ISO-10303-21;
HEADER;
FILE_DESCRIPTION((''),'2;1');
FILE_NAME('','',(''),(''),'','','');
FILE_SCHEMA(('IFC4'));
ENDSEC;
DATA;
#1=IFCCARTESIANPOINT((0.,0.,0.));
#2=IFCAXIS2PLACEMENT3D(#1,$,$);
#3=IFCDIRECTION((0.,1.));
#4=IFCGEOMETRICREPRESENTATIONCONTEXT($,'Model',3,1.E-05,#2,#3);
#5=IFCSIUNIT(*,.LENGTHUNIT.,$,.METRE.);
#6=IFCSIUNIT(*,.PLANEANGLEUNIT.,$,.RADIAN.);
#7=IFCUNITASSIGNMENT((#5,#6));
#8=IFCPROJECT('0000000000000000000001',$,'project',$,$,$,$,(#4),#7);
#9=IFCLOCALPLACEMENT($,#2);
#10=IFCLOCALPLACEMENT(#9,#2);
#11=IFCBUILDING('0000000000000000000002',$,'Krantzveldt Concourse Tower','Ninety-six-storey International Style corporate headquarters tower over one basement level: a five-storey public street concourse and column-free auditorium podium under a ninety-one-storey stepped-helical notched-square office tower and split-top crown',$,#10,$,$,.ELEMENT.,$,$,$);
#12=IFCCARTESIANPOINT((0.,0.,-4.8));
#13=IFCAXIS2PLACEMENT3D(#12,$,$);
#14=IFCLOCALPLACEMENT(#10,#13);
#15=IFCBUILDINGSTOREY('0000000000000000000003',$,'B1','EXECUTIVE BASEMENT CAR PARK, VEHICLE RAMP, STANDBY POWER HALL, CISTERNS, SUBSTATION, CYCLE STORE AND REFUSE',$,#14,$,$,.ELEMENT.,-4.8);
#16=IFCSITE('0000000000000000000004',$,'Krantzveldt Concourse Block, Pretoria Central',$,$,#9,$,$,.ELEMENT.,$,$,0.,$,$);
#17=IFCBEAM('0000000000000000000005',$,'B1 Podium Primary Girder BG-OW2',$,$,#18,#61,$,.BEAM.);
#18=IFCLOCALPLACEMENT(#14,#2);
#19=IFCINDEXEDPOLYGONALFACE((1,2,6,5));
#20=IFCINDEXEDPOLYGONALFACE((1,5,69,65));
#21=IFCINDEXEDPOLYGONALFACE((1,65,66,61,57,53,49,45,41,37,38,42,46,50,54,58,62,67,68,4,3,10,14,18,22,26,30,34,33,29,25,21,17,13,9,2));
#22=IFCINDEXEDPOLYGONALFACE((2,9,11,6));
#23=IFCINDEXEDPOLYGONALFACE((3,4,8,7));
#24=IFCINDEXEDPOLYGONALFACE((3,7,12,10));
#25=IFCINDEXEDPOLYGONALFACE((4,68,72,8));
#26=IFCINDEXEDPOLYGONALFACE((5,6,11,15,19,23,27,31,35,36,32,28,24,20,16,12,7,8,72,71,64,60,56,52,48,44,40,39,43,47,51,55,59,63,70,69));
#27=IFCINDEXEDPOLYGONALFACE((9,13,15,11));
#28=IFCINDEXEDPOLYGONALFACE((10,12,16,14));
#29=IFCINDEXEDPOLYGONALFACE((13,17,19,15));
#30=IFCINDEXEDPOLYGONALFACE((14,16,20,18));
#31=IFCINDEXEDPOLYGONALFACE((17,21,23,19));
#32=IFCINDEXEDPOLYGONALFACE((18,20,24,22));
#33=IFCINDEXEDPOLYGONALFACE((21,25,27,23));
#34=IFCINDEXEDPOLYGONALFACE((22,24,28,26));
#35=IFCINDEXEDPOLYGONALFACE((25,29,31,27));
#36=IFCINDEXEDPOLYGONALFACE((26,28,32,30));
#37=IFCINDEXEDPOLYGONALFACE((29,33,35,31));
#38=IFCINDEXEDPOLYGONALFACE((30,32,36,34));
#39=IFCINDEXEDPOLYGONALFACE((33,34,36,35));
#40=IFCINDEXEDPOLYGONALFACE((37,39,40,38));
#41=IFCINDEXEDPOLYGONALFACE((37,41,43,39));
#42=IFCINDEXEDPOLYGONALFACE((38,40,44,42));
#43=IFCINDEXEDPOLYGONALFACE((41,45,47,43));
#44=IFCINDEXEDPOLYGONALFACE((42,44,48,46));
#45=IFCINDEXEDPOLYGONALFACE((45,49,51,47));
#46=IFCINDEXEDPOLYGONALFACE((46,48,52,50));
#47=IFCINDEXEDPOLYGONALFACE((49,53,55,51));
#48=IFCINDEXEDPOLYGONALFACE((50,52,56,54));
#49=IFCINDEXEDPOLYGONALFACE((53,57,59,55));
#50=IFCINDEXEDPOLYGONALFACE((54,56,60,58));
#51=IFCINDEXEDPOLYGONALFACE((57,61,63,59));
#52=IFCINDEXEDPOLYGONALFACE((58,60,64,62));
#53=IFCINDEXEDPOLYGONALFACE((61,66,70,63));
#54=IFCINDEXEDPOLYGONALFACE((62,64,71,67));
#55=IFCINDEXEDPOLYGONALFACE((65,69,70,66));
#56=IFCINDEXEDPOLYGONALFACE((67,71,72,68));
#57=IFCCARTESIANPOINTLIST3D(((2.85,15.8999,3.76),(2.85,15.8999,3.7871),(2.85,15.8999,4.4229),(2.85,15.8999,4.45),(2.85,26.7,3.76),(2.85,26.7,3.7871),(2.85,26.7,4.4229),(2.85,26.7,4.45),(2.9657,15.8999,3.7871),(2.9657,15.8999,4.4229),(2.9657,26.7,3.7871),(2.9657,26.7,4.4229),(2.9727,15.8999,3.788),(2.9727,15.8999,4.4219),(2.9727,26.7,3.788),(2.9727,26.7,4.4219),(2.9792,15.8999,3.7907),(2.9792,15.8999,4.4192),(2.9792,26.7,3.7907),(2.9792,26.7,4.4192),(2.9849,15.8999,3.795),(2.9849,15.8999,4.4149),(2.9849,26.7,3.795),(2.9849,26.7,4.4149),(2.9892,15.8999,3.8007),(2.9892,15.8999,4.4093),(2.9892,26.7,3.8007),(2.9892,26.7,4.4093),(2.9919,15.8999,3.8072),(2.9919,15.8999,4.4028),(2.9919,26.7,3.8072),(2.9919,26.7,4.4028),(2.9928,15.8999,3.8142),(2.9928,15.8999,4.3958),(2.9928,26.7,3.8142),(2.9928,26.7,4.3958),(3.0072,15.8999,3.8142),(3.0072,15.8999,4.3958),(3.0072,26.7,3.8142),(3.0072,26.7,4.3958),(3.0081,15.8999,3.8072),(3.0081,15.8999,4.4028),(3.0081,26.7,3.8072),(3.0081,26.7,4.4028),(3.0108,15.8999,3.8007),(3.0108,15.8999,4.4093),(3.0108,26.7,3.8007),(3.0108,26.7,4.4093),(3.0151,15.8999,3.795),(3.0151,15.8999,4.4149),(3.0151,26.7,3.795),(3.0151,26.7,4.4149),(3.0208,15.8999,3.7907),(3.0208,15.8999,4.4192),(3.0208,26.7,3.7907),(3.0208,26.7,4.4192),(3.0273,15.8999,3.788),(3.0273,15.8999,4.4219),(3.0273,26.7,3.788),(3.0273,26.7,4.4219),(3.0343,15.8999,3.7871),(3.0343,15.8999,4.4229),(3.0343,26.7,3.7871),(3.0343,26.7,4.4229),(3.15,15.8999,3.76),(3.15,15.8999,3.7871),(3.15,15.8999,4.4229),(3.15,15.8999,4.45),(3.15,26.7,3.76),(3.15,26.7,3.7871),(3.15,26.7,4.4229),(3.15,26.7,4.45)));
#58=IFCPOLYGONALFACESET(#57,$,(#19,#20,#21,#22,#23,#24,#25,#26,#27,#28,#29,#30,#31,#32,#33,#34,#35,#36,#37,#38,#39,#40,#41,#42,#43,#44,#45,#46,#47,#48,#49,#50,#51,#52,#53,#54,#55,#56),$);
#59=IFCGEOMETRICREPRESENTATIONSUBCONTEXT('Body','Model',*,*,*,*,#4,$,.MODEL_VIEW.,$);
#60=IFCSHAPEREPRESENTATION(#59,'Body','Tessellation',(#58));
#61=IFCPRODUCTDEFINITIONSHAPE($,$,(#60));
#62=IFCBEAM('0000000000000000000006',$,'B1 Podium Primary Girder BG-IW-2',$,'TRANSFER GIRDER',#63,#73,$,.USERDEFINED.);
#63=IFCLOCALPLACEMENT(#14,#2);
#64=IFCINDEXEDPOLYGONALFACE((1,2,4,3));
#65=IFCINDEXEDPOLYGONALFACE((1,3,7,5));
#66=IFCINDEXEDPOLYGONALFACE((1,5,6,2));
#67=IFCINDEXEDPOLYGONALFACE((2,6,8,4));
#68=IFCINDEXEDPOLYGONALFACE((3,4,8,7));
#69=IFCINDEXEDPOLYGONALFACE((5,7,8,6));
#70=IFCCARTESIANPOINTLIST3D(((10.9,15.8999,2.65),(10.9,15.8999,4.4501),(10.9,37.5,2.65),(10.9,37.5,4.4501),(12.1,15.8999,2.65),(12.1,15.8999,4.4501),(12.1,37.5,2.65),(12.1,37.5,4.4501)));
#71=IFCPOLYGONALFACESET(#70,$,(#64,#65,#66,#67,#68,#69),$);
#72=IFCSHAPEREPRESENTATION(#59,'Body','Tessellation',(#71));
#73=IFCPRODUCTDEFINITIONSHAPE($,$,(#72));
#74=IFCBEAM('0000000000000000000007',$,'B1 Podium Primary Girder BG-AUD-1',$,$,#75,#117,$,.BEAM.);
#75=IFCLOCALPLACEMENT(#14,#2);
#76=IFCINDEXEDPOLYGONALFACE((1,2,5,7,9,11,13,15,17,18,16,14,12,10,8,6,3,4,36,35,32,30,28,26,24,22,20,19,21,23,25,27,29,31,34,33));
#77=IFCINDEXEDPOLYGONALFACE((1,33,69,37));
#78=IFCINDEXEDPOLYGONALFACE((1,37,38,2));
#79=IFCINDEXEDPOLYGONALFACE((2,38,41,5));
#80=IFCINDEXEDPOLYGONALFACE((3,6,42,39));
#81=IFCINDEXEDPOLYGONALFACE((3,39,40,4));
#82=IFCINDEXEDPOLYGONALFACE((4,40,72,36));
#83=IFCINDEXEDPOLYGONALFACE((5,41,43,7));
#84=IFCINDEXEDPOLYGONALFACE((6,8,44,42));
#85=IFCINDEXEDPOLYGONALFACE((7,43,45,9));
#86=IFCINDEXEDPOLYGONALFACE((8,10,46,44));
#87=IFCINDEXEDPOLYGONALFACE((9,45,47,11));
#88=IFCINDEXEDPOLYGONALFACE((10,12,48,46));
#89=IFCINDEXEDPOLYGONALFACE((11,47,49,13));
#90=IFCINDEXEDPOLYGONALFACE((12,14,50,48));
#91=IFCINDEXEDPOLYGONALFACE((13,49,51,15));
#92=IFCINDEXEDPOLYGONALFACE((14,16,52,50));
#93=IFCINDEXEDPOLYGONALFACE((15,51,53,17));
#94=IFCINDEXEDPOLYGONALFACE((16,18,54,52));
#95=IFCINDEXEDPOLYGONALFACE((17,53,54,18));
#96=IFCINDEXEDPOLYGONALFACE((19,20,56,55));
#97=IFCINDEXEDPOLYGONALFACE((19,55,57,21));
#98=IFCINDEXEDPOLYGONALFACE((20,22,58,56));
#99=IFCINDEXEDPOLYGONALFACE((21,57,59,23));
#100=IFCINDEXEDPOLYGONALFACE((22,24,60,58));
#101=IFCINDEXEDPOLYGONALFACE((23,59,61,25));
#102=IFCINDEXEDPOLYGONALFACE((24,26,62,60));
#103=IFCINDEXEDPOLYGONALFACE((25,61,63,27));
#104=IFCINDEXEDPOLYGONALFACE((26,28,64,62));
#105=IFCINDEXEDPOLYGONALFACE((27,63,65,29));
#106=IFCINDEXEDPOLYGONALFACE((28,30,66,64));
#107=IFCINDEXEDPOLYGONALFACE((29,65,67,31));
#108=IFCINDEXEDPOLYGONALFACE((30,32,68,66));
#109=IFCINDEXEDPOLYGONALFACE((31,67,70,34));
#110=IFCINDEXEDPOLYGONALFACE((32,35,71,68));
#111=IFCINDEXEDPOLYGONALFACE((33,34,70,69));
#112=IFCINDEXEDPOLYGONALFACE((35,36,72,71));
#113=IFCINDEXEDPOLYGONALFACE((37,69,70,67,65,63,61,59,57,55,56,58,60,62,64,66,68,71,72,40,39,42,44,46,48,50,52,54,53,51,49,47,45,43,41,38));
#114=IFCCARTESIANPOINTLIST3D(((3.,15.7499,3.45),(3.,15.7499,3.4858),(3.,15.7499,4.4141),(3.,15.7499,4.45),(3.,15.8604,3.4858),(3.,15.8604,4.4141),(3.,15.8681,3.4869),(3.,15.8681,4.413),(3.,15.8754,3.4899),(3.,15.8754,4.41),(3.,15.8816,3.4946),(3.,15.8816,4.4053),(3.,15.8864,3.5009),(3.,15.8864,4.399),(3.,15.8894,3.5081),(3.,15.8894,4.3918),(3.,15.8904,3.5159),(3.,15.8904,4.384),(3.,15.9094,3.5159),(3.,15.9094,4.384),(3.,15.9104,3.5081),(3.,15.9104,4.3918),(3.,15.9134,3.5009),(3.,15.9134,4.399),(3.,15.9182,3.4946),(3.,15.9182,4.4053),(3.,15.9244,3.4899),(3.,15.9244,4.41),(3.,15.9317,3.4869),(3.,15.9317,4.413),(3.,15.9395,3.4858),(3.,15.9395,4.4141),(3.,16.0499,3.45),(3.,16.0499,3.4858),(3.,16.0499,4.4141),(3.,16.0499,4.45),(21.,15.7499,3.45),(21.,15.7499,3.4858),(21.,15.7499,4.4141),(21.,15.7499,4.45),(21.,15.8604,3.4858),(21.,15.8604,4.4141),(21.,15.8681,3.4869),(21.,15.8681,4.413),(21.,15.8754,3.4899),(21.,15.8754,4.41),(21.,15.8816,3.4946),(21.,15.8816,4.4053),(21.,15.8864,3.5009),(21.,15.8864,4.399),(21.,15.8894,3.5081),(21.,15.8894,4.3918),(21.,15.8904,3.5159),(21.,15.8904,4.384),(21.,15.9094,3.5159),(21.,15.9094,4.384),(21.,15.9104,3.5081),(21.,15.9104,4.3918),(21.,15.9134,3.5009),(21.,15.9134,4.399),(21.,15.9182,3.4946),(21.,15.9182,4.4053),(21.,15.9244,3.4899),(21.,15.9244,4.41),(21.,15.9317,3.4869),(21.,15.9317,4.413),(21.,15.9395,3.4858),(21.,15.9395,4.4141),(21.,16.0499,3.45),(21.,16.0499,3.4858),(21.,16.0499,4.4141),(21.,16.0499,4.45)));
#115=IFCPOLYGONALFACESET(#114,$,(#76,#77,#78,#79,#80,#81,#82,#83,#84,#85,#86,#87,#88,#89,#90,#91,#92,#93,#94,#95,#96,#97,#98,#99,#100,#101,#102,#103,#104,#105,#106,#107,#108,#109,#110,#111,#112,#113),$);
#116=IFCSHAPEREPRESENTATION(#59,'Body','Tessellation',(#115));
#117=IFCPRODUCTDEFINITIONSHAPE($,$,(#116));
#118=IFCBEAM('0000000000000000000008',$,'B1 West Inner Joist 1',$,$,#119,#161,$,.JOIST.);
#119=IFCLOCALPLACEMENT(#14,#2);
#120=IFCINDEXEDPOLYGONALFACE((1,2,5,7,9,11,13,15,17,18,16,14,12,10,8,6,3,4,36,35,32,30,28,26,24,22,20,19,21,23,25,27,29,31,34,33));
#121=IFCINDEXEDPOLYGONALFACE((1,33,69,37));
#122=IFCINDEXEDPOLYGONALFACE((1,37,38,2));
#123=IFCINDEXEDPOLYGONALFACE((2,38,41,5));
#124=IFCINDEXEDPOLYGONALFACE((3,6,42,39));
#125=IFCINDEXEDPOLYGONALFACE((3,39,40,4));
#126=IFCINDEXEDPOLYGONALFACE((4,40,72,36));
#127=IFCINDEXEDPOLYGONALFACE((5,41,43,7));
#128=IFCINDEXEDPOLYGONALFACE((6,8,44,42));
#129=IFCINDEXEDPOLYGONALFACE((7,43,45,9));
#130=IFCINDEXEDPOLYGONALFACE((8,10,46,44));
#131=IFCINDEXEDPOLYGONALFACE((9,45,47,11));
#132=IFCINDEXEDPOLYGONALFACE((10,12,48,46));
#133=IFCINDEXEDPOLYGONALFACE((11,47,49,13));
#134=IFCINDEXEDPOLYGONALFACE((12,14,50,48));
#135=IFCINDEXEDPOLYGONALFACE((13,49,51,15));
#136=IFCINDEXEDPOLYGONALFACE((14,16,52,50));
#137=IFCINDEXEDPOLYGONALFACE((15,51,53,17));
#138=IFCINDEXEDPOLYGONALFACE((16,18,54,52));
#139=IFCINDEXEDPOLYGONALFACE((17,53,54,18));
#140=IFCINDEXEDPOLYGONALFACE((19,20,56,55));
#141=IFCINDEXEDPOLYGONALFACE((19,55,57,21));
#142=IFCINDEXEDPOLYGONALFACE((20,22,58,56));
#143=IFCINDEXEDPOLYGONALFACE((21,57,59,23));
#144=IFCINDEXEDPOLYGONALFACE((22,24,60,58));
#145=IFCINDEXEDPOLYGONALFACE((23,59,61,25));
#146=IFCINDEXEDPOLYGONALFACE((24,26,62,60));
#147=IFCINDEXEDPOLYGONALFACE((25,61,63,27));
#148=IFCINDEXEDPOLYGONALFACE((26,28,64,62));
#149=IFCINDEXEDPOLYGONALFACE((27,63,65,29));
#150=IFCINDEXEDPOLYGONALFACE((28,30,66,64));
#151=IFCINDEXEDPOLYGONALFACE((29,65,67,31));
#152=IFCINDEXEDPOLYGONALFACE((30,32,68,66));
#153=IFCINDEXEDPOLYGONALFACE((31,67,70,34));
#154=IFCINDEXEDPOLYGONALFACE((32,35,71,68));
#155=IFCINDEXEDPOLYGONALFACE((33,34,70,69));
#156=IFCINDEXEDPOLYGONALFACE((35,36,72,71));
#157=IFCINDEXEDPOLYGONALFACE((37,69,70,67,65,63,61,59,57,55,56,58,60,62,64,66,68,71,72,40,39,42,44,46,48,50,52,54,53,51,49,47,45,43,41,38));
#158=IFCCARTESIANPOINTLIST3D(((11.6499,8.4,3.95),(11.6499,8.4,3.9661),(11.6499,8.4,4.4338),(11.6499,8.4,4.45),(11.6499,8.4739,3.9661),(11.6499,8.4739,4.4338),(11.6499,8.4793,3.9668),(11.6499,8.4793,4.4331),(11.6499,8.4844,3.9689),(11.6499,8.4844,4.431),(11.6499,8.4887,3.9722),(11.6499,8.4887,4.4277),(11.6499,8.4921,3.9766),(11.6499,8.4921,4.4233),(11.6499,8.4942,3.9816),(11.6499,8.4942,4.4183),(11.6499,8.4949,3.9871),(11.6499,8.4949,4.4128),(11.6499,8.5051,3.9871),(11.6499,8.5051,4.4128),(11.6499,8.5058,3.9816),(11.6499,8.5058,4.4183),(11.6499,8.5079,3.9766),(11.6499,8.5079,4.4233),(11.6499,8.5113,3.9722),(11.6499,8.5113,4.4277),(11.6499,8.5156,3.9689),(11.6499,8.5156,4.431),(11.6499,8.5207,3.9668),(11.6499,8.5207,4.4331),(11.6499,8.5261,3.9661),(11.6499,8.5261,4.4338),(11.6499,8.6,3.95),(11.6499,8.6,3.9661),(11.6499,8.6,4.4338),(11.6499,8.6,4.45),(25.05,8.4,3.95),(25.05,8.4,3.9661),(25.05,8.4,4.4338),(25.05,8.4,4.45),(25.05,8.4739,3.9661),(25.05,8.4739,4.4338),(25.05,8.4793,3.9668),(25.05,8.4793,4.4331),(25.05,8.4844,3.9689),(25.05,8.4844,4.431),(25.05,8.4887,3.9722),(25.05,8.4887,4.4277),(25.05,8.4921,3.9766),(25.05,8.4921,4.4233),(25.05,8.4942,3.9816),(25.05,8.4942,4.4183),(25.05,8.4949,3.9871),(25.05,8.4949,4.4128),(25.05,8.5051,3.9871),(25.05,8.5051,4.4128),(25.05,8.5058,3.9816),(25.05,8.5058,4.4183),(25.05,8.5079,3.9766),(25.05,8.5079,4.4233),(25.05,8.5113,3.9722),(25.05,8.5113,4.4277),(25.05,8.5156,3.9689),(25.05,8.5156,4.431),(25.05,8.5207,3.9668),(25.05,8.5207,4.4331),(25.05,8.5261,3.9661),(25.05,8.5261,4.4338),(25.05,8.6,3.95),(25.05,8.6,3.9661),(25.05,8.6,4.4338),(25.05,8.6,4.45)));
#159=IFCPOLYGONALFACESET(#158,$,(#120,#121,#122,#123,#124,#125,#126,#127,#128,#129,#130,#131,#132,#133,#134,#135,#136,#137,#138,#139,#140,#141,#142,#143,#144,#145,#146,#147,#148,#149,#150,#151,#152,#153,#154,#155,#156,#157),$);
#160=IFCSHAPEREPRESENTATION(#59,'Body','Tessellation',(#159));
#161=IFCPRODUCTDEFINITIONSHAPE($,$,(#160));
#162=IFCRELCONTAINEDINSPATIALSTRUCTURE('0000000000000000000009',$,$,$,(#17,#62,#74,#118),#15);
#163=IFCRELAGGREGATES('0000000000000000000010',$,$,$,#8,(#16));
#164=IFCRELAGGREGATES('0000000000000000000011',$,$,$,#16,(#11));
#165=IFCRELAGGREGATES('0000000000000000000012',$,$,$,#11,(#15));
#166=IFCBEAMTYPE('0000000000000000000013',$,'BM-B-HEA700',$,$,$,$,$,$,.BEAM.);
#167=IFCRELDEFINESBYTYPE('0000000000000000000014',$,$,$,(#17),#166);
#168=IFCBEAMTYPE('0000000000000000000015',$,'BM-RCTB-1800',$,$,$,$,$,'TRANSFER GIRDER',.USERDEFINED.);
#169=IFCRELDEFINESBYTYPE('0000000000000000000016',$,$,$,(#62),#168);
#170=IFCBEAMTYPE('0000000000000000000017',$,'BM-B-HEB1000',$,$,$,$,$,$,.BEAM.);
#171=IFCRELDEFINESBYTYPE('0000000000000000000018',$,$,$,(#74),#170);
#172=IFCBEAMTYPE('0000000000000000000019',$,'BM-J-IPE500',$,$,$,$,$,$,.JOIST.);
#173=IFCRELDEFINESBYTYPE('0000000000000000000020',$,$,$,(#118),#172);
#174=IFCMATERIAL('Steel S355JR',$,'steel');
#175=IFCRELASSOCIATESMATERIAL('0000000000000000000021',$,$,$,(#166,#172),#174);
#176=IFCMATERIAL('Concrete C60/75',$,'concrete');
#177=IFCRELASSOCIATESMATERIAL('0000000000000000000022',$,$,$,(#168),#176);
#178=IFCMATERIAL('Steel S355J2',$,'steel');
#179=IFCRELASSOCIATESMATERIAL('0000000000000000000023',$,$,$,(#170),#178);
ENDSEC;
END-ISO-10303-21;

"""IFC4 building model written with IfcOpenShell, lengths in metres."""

from ifc_helpers import new_model, si_unit, direction, frame, origin, origin_2d, place, context, subcontext, project, spatial, rectangle, i_section, extrude, source, transform, mapped, material, material_profile, profile_set, type_object, type_shapes, element, save


model = new_model("IFC4")

# Units and contexts
model_context = context("Model", 3, precision=1e-05, world=origin(), true_north=direction((0.0, 1.0)))
body_context = subcontext(model_context, "Body", "Model", "MODEL_VIEW")
ifc_project = project(units=[si_unit("LENGTHUNIT", "METRE"), si_unit("PLANEANGLEUNIT", "RADIAN")], contexts=[model_context])

# Site, building, storey
site_placement = place(None, origin())
site = spatial("IfcSite", under=ifc_project, at=site_placement, Name="Krantzveldt Concourse Block, Pretoria Central", CompositionType="ELEMENT", RefElevation=0.0)
building_placement = place(site_placement, origin())
building = spatial("IfcBuilding", under=site, at=building_placement, Name="Krantzveldt Concourse Tower", Description="Ninety-six-storey International Style corporate headquarters tower over one basement level: a five-storey public street concourse and column-free auditorium podium under a ninety-one-storey stepped-helical notched-square office tower and split-top crown", CompositionType="ELEMENT")
storey_placement = place(building_placement, frame((0.0, 0.0, -4.8)))
storey = spatial("IfcBuildingStorey", under=building, at=storey_placement, Name="B1", Description="EXECUTIVE BASEMENT CAR PARK, VEHICLE RAMP, STANDBY POWER HALL, CISTERNS, SUBSTATION, CYCLE STORE AND REFUSE", CompositionType="ELEMENT", Elevation=-4.8)

# Shared definitions
ifc_material_1 = material(Name="Concrete C60/75", Category="concrete")

# Beams
ifc_material_2 = material(Name="Steel S355JR", Category="steel")
ifc_material_profile_1 = material_profile(ifc_material_2, i_section(OverallWidth=0.3, OverallDepth=0.6899, WebThickness=0.0144, FlangeThickness=0.0271, FilletRadius=0.0271, at=origin_2d()), Name="Steel S355JR", Category="steel")
ifc_profile_set_1 = profile_set([ifc_material_profile_1], Name="Steel S355JR - HEA 700")
beam_type_1 = type_object("IfcBeamType", Name="BM-B-HEA700", PredefinedType="BEAM", material=ifc_profile_set_1)
shared_shape_1 = source(origin(), body_context, "Body", "SweptSolid", [
    extrude(i_section(OverallWidth=0.3, OverallDepth=0.6899, WebThickness=0.0144, FlangeThickness=0.0271, FilletRadius=0.0271, at=origin_2d()), origin(), (0.0, 0.0, 1.0), 10.8),
])
type_shapes(beam_type_1, [shared_shape_1])
beam_1_placement = place(storey_placement, frame((3.0, 15.8999, 4.105), z_axis=(0.0, 1.0, 0.0), x_axis=(-1.0, 0.0, 0.0)))
element("IfcBeam", 1, at=beam_1_placement, inside=storey, type_object=beam_type_1, Name="B1 Podium Primary Girder BG-OW2", PredefinedType="BEAM", context=body_context, shape_type="MappedRepresentation", body=[
    mapped(shared_shape_1, transform((0.0, 0.0, 0.0), x_axis=(1.0, 0.0, 0.0), y_axis=(0.0, 1.0, 0.0), z_axis=(0.0, 0.0, 1.0), scale=1.0)),
])
ifc_material_profile_2 = material_profile(ifc_material_1, rectangle(XDim=1.2, YDim=1.8, at=origin_2d()), Name="Concrete C60/75", Category="concrete")
ifc_profile_set_2 = profile_set([ifc_material_profile_2], Name="Concrete C60/75 - RC-TB 1200x1800")
beam_type_2 = type_object("IfcBeamType", Name="BM-RCTB-1800", ElementType="TRANSFER GIRDER", PredefinedType="USERDEFINED", material=ifc_profile_set_2)
shared_shape_2 = source(origin(), body_context, "Body", "SweptSolid", [
    extrude(rectangle(XDim=1.2, YDim=1.8, at=origin_2d()), origin(), (0.0, 0.0, 1.0), 21.6001),
])
type_shapes(beam_type_2, [shared_shape_2])
beam_2_placement = place(storey_placement, frame((11.5, 15.8999, 3.55), z_axis=(0.0, 1.0, 0.0), x_axis=(-1.0, 0.0, 0.0)))
element("IfcBeam", 2, at=beam_2_placement, inside=storey, type_object=beam_type_2, Name="B1 Podium Primary Girder BG-IW-2", ObjectType="TRANSFER GIRDER", PredefinedType="USERDEFINED", context=body_context, shape_type="MappedRepresentation", body=[
    mapped(shared_shape_2, transform((0.0, 0.0, 0.0), x_axis=(1.0, 0.0, 0.0), y_axis=(0.0, 1.0, 0.0), z_axis=(0.0, 0.0, 1.0), scale=1.0)),
])
ifc_material_3 = material(Name="Steel S355J2", Category="steel")
ifc_material_profile_3 = material_profile(ifc_material_3, i_section(OverallWidth=0.3, OverallDepth=1.0, WebThickness=0.019, FlangeThickness=0.0359, FilletRadius=0.03, at=origin_2d()), Name="Steel S355J2", Category="steel")
ifc_profile_set_3 = profile_set([ifc_material_profile_3], Name="Steel S355J2 - HEB 1000")
beam_type_3 = type_object("IfcBeamType", Name="BM-B-HEB1000", PredefinedType="BEAM", material=ifc_profile_set_3)
shared_shape_3 = source(origin(), body_context, "Body", "SweptSolid", [
    extrude(i_section(OverallWidth=0.3, OverallDepth=1.0, WebThickness=0.019, FlangeThickness=0.0359, FilletRadius=0.03, at=origin_2d()), origin(), (0.0, 0.0, 1.0), 18.0),
])
type_shapes(beam_type_3, [shared_shape_3])
beam_3_placement = place(storey_placement, frame((3.0, 15.8999, 3.95), z_axis=(1.0, 0.0, 0.0), x_axis=(0.0, 1.0, 0.0)))
element("IfcBeam", 3, at=beam_3_placement, inside=storey, type_object=beam_type_3, Name="B1 Podium Primary Girder BG-AUD-1", PredefinedType="BEAM", context=body_context, shape_type="MappedRepresentation", body=[
    mapped(shared_shape_3, transform((0.0, 0.0, 0.0), x_axis=(1.0, 0.0, 0.0), y_axis=(0.0, 1.0, 0.0), z_axis=(0.0, 0.0, 1.0), scale=1.0)),
])
ifc_material_profile_4 = material_profile(ifc_material_2, i_section(OverallWidth=0.2, OverallDepth=0.5, WebThickness=0.0103, FlangeThickness=0.0161, FilletRadius=0.021, at=origin_2d()), Name="Steel S355JR", Category="steel")
ifc_profile_set_4 = profile_set([ifc_material_profile_4], Name="Steel S355JR - IPE 500")
beam_type_4 = type_object("IfcBeamType", Name="BM-J-IPE500", PredefinedType="JOIST", material=ifc_profile_set_4)
shared_shape_4 = source(origin(), body_context, "Body", "SweptSolid", [
    extrude(i_section(OverallWidth=0.2, OverallDepth=0.5, WebThickness=0.0103, FlangeThickness=0.0161, FilletRadius=0.021, at=origin_2d()), origin(), (0.0, 0.0, 1.0), 13.4001),
])
type_shapes(beam_type_4, [shared_shape_4])
beam_4_placement = place(storey_placement, frame((11.6499, 8.5, 4.2), z_axis=(1.0, 0.0, 0.0), x_axis=(0.0, 1.0, 0.0)))
element("IfcBeam", 4, at=beam_4_placement, inside=storey, type_object=beam_type_4, Name="B1 West Inner Joist 1", PredefinedType="JOIST", context=body_context, shape_type="MappedRepresentation", body=[
    mapped(shared_shape_4, transform((0.0, 0.0, 0.0), x_axis=(1.0, 0.0, 0.0), y_axis=(0.0, 1.0, 0.0), z_axis=(0.0, 0.0, 1.0), scale=1.0)),
])

save(model, "model.ifc")
